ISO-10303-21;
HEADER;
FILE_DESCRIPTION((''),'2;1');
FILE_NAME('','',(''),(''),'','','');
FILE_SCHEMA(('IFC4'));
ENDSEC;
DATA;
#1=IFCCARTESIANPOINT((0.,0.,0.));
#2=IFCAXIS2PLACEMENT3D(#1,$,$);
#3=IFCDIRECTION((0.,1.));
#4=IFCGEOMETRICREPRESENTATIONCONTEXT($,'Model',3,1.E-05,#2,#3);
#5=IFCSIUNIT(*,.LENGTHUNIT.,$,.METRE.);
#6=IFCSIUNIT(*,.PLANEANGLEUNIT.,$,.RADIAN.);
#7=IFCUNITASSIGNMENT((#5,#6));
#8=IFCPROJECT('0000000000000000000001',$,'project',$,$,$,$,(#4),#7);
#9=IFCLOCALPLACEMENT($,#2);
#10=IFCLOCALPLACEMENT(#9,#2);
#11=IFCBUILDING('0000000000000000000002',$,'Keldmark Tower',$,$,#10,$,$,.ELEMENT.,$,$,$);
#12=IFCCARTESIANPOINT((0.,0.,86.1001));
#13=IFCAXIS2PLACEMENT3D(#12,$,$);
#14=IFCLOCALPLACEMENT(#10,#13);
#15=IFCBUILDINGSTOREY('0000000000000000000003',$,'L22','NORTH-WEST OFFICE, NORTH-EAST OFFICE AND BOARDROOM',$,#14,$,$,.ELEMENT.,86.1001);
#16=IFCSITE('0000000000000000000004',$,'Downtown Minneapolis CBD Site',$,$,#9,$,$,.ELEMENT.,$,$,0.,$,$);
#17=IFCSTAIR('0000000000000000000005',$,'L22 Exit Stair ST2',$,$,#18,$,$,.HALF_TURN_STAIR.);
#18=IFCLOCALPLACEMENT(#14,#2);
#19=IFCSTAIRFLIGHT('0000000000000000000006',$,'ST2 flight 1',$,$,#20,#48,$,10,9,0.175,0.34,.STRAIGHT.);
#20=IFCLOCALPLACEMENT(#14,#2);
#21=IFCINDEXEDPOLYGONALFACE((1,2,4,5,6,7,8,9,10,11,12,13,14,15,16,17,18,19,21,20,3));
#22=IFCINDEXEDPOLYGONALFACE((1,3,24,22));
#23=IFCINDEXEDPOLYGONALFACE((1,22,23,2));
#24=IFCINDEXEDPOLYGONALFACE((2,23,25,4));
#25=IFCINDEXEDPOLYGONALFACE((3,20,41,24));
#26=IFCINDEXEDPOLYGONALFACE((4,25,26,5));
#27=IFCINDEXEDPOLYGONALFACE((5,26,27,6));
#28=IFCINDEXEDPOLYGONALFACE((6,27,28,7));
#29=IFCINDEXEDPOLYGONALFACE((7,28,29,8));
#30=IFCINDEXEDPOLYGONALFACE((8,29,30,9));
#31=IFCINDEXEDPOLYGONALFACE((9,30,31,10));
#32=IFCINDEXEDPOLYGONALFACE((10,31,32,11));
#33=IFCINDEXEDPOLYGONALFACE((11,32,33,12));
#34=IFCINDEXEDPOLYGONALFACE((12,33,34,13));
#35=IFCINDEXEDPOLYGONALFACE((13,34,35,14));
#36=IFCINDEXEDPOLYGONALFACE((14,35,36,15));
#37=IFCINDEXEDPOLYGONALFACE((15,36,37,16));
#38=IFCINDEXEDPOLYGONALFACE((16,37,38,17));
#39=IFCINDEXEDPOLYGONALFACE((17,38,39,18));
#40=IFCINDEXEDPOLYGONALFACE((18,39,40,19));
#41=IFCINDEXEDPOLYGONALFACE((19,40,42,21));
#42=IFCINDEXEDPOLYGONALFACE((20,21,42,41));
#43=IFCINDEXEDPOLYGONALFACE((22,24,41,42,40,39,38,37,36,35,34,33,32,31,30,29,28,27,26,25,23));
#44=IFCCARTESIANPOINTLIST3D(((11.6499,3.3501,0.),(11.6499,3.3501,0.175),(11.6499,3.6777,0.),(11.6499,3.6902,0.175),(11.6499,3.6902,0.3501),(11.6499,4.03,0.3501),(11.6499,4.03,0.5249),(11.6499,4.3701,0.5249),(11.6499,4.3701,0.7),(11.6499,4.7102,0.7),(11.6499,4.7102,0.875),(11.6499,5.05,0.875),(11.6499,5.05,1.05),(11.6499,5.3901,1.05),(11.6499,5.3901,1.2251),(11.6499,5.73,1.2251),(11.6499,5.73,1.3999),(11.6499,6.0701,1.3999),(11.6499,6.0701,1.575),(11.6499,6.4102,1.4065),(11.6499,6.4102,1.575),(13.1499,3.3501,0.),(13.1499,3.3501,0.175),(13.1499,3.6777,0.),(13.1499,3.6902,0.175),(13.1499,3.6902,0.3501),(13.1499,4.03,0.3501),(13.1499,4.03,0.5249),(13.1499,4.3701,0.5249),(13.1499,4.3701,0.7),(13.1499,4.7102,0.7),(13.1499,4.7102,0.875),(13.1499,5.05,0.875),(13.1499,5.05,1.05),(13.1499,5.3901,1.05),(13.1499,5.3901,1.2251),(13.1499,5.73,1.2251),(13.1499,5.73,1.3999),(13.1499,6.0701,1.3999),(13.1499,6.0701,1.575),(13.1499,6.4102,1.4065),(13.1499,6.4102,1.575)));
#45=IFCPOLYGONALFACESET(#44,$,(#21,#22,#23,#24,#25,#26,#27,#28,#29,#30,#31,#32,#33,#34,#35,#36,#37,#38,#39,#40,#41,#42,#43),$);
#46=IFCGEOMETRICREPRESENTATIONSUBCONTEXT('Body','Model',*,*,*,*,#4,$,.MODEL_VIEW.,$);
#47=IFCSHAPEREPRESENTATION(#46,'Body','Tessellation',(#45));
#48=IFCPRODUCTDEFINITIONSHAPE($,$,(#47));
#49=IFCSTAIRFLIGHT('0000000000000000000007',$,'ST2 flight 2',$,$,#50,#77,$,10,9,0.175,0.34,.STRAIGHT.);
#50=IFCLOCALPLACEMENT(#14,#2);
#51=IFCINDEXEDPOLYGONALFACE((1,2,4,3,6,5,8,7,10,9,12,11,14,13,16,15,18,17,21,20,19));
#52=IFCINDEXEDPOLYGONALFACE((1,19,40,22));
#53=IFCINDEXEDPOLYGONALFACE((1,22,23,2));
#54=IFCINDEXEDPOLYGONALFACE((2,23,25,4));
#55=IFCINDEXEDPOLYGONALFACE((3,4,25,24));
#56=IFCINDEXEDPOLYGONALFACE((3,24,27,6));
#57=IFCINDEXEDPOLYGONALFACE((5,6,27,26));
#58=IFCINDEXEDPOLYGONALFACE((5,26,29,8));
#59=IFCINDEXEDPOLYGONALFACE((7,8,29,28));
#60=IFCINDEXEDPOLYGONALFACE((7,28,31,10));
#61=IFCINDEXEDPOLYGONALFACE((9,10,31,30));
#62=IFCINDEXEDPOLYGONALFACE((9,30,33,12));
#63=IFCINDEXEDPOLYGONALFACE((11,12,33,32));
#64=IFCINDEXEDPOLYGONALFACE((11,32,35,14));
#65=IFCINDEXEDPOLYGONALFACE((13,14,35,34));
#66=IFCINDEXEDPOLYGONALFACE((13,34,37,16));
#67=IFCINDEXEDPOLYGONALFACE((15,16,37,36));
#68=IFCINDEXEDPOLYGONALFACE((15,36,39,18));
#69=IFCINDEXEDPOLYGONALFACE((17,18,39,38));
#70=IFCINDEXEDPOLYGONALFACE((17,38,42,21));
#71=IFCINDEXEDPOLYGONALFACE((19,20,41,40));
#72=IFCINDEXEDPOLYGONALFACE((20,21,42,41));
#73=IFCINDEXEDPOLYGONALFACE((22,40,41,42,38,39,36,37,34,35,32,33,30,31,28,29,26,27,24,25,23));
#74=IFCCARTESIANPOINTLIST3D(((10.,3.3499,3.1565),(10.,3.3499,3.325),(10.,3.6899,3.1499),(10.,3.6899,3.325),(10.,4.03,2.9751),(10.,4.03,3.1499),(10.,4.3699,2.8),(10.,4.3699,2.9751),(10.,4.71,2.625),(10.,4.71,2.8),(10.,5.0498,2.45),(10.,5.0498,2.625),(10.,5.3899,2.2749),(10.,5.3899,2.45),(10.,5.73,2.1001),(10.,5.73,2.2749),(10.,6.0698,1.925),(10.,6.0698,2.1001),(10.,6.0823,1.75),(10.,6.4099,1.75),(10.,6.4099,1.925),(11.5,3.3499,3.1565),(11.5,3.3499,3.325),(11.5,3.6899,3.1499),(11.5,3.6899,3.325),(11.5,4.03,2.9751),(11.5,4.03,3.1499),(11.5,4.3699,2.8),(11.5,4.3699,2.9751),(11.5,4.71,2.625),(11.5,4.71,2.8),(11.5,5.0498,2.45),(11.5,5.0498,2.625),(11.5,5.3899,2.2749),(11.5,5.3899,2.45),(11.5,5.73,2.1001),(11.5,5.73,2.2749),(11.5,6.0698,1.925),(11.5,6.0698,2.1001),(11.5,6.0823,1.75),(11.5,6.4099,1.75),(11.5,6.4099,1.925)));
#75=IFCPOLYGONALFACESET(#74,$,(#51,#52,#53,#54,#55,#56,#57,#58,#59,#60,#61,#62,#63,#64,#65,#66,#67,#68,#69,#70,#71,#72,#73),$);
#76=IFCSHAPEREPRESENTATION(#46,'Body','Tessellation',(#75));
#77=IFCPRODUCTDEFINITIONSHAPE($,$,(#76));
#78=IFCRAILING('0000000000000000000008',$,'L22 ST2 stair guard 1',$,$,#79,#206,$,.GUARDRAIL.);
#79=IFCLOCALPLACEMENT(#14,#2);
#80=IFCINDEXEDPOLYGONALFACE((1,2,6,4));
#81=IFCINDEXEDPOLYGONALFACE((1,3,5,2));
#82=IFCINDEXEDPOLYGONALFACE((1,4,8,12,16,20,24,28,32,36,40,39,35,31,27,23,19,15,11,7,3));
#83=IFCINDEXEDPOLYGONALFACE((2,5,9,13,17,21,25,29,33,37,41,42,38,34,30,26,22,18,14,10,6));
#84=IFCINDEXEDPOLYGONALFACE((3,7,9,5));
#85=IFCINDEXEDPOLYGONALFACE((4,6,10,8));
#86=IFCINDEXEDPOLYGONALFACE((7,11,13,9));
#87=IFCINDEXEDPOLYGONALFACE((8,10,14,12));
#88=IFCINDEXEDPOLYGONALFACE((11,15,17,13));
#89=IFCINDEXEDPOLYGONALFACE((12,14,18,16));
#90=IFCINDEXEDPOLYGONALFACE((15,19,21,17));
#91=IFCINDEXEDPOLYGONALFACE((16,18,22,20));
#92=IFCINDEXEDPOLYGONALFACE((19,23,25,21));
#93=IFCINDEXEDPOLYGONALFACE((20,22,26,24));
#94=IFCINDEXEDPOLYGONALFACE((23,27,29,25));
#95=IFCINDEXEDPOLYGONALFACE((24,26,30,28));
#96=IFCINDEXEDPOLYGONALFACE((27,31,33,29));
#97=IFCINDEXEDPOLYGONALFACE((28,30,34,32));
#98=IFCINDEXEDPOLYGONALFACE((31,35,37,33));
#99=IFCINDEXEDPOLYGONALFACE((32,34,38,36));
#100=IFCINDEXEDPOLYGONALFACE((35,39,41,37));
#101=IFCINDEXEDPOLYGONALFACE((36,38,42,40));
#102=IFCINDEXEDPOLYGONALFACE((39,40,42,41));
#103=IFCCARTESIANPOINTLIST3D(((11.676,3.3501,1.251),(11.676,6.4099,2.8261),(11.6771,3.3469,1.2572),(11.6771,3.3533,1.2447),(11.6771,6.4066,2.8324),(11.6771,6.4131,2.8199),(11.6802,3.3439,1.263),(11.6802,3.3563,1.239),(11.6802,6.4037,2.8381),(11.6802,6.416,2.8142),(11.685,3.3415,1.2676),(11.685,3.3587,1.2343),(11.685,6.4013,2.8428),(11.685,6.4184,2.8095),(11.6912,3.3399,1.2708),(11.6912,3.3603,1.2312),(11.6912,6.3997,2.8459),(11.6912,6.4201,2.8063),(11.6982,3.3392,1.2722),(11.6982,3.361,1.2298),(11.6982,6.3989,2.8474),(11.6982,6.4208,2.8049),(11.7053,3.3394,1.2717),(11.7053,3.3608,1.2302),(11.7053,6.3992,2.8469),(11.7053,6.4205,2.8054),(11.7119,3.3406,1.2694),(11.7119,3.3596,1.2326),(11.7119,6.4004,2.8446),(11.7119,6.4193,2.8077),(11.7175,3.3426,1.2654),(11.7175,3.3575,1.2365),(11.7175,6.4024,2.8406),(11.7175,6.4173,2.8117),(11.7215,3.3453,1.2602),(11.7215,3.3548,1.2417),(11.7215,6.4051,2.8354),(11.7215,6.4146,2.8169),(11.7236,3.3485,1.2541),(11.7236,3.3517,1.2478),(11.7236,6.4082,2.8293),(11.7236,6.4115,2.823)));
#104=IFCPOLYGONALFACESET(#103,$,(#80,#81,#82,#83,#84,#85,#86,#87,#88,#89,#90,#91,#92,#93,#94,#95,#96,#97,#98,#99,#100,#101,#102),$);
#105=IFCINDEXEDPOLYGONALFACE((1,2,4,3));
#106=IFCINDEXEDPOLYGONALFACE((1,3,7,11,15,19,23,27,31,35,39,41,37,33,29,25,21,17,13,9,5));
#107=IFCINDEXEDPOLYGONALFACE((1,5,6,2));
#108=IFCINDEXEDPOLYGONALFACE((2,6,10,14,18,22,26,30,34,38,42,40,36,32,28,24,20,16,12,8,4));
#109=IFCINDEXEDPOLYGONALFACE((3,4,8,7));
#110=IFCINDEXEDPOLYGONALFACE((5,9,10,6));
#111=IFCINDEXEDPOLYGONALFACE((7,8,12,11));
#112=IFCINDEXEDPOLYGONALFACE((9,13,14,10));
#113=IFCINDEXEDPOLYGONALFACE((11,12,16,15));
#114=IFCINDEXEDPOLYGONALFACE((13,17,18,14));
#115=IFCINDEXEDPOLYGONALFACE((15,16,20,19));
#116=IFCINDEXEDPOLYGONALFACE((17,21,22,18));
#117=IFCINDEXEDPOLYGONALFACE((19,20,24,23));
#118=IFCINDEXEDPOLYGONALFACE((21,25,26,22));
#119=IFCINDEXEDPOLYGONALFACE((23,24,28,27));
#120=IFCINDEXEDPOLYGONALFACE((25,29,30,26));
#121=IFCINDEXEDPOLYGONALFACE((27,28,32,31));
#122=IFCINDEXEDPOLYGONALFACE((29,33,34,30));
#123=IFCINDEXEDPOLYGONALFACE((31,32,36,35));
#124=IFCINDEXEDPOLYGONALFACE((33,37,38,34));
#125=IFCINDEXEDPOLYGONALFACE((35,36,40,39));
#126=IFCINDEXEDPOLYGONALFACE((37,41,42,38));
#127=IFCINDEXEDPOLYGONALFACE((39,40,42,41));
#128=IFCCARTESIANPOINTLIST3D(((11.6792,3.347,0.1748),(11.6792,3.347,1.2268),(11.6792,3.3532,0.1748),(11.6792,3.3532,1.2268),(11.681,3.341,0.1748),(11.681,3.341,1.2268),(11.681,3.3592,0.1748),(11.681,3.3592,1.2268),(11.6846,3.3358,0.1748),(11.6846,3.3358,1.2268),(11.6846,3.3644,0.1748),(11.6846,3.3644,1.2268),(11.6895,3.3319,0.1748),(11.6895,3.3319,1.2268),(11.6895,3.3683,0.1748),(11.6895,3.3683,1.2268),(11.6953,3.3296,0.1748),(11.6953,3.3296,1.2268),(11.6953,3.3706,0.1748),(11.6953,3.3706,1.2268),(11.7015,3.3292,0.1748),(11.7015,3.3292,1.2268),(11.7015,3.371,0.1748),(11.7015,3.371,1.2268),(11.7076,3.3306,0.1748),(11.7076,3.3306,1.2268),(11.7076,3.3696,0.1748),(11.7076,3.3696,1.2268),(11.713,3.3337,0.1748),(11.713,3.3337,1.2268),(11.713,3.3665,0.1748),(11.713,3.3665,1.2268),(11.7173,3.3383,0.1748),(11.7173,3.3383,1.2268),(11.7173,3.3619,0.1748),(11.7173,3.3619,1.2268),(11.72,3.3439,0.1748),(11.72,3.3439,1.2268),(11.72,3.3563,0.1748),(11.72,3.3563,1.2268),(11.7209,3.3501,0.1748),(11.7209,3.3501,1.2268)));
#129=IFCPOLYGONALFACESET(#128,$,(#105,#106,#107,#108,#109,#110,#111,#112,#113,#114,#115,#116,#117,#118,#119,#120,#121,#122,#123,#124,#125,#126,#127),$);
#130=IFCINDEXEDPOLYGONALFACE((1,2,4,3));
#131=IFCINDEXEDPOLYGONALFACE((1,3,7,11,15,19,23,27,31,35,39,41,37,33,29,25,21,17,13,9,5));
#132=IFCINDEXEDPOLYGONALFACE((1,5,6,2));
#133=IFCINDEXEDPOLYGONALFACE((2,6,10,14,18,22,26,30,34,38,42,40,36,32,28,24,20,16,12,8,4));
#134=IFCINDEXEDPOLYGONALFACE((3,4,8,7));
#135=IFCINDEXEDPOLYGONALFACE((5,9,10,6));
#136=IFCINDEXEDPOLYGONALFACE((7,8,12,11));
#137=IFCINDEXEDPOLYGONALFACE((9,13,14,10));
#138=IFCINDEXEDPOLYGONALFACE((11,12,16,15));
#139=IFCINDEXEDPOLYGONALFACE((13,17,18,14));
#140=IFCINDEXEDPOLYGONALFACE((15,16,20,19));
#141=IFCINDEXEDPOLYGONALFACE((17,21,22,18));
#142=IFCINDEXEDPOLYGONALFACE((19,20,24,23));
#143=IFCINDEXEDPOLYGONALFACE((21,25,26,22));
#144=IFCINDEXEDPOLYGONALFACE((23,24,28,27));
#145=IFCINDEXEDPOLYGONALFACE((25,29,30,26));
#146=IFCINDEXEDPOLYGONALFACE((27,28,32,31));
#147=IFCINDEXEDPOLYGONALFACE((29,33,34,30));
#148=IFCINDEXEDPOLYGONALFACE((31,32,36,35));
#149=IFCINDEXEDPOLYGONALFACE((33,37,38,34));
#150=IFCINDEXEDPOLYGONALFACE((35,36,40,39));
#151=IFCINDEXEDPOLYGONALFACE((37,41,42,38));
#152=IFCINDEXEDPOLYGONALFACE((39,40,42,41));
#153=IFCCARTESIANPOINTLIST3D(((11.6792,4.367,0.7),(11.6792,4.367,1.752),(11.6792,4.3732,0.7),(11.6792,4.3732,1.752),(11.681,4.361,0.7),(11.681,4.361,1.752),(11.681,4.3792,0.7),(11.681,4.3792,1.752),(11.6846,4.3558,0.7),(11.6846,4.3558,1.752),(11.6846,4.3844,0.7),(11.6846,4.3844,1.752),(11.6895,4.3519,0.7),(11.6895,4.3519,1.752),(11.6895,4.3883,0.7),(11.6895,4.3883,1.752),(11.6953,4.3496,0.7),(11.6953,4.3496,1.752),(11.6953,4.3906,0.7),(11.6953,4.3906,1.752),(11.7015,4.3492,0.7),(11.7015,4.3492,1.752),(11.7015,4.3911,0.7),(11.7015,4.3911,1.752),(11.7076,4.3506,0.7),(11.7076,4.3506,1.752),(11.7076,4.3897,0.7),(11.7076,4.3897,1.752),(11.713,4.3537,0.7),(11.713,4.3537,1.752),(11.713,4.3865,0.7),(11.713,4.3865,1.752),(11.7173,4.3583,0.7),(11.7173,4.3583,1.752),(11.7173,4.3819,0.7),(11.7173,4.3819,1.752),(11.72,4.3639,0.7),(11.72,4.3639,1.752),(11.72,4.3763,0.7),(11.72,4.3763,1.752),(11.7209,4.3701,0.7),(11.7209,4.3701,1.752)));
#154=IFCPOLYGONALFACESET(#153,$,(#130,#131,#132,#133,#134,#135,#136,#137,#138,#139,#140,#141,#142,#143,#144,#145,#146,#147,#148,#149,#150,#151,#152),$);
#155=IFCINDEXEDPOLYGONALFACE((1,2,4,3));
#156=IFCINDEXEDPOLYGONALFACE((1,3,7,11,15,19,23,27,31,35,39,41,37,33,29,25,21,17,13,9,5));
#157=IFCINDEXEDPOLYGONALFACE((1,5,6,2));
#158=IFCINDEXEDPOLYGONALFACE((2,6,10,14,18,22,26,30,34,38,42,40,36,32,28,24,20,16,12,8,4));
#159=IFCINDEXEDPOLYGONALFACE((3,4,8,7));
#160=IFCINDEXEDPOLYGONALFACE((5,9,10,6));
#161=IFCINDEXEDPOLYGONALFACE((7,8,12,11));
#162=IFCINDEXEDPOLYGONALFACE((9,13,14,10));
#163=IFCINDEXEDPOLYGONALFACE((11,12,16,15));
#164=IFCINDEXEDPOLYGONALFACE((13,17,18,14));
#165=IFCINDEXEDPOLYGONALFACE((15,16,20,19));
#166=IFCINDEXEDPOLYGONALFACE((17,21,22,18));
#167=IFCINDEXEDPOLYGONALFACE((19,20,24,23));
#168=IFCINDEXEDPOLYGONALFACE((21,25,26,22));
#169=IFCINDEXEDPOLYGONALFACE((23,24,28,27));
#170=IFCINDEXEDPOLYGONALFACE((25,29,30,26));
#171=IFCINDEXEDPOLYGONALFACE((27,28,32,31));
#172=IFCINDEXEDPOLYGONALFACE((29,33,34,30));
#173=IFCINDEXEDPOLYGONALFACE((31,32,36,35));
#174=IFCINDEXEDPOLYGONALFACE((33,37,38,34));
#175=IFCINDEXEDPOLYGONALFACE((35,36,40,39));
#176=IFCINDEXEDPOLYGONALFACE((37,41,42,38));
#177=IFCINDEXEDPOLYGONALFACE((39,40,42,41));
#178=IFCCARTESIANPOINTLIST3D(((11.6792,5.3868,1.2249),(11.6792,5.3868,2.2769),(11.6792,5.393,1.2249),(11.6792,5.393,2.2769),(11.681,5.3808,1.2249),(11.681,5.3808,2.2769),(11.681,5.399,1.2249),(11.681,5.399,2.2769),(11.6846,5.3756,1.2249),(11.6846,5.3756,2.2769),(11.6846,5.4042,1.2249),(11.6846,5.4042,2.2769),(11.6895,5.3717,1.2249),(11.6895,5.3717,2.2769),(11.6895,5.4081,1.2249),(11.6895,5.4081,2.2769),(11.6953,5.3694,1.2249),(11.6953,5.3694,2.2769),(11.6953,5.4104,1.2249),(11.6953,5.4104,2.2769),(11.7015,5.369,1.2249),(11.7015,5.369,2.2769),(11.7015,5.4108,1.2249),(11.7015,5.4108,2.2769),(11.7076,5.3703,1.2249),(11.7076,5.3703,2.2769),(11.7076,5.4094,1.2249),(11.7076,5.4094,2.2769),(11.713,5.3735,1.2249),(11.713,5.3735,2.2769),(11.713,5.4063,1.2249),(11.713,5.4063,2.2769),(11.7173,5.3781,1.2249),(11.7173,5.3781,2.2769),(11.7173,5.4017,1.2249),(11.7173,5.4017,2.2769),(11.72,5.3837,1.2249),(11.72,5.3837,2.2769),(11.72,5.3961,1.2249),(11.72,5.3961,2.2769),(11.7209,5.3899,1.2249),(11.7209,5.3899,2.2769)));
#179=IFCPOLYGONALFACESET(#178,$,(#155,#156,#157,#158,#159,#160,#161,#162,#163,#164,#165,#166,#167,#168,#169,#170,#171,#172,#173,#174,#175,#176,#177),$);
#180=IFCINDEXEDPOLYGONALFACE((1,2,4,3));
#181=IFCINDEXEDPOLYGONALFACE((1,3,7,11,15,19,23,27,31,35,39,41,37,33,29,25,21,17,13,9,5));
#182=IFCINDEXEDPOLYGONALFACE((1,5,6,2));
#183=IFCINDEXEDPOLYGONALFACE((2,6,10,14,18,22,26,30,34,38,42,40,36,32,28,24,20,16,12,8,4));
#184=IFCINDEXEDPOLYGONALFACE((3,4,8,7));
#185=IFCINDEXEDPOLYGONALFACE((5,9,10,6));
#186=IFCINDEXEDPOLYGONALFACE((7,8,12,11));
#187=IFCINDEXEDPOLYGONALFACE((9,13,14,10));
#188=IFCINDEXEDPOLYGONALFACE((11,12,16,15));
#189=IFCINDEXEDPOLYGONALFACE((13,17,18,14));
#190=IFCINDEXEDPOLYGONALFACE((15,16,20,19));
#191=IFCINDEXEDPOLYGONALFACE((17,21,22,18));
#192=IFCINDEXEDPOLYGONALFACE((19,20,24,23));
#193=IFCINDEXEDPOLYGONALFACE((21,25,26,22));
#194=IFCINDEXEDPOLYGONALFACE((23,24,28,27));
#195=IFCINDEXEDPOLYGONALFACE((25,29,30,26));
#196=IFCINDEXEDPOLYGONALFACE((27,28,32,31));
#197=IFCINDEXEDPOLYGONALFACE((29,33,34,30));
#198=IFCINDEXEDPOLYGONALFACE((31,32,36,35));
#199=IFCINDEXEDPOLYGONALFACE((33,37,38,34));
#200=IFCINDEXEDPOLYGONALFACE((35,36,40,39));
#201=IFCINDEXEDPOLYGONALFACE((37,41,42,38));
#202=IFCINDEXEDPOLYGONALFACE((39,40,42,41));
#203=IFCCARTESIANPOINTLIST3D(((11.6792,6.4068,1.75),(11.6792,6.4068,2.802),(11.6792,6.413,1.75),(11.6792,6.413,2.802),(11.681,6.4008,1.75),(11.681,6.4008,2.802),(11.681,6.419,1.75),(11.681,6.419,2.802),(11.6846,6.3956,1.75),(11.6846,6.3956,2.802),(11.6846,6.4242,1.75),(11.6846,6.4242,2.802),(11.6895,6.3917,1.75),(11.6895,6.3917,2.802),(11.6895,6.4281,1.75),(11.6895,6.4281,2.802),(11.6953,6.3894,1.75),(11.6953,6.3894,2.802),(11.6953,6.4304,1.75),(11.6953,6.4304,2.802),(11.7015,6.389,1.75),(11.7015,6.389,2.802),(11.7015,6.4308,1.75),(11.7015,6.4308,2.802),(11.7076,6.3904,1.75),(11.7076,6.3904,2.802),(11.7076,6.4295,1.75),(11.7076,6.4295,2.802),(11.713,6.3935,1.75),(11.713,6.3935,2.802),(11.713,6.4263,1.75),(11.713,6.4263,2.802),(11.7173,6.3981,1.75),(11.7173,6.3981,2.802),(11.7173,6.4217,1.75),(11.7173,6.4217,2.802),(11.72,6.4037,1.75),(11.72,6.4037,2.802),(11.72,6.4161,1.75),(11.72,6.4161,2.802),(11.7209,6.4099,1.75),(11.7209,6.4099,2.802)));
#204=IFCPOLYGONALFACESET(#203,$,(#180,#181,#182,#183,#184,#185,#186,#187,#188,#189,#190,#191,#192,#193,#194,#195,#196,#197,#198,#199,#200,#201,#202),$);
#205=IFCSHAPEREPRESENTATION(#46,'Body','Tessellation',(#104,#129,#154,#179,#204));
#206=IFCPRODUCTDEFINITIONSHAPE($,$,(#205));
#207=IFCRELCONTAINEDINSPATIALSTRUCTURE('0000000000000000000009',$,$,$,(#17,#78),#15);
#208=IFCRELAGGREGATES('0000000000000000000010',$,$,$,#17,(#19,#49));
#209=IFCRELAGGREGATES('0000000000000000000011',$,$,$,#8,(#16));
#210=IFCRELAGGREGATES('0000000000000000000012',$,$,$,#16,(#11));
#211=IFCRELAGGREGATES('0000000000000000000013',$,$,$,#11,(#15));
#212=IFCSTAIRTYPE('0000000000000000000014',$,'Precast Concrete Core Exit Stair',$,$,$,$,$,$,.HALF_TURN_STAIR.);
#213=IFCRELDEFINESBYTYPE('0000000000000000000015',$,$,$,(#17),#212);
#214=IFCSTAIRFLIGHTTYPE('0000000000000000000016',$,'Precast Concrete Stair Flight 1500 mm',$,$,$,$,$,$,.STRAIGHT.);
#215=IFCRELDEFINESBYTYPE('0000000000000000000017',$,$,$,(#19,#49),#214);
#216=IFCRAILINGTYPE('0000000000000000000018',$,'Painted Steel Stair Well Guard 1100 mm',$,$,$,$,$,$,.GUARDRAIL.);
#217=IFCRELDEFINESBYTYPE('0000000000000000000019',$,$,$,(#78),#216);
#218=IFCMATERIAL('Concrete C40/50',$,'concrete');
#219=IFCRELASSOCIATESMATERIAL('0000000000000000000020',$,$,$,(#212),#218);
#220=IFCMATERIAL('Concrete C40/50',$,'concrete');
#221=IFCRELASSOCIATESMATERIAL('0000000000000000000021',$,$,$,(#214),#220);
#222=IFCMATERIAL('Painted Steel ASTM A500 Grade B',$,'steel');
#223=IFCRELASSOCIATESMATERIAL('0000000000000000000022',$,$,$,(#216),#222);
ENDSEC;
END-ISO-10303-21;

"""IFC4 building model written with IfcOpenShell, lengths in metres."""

from ifc_helpers import new_model, si_unit, direction, frame, origin, origin_2d, place, context, subcontext, project, spatial, polyline, circle, outline, extrude, material, type_object, element, aggregate, save


model = new_model("IFC4")

# Units and contexts
model_context = context("Model", 3, precision=1e-05, world=origin(), true_north=direction((0.0, 1.0)))
body_context = subcontext(model_context, "Body", "Model", "MODEL_VIEW")
ifc_project = project(units=[si_unit("LENGTHUNIT", "METRE"), si_unit("PLANEANGLEUNIT", "RADIAN")], contexts=[model_context])

# Site, building, storey
site_placement = place(None, origin())
site = spatial("IfcSite", under=ifc_project, at=site_placement, Name="Downtown Minneapolis CBD Site", CompositionType="ELEMENT", RefElevation=0.0)
building_placement = place(site_placement, origin())
building = spatial("IfcBuilding", under=site, at=building_placement, Name="Keldmark Tower", CompositionType="ELEMENT")
storey_placement = place(building_placement, frame((0.0, 0.0, 86.1001)))
storey = spatial("IfcBuildingStorey", under=building, at=storey_placement, Name="L22", Description="NORTH-WEST OFFICE, NORTH-EAST OFFICE AND BOARDROOM", CompositionType="ELEMENT", Elevation=86.1001)

# Stair, stair flights
ifc_material_1 = material(Name="Concrete C40/50", Category="concrete")
stair_type = type_object("IfcStairType", Name="Precast Concrete Core Exit Stair", PredefinedType="HALF_TURN_STAIR", material=ifc_material_1)
stair_placement = place(storey_placement, origin())
stair = element("IfcStair", 1, at=stair_placement, inside=storey, type_object=stair_type, Name="L22 Exit Stair ST2", PredefinedType="HALF_TURN_STAIR")
ifc_material_2 = material(Name="Concrete C40/50", Category="concrete")
stair_flight_type = type_object("IfcStairFlightType", Name="Precast Concrete Stair Flight 1500 mm", PredefinedType="STRAIGHT", material=ifc_material_2)
stair_flight_1_placement = place(storey_placement, frame((12.3999, 3.3501, 0.0), z_axis=(0.0, 0.0, 1.0), x_axis=(0.0, 1.0, 0.0)))
stair_flight_1 = element("IfcStairFlight", 2, at=stair_flight_1_placement, type_object=stair_flight_type, Name="ST2 flight 1", NumberOfRisers=10, NumberOfTreads=9, PredefinedType="STRAIGHT", RiserHeight=0.175, TreadLength=0.34, context=body_context, shape_type="SweptSolid", body=[
    extrude(outline(polyline([(0.0, 0.0), (0.0, 0.175), (0.3401, 0.175), (0.3401, 0.3501), (0.6799, 0.3501), (0.6799, 0.5249), (1.02, 0.5249), (1.02, 0.7), (1.3601, 0.7), (1.3601, 0.875), (1.7, 0.875), (1.7, 1.05), (2.04, 1.05), (2.04, 1.2251), (2.3799, 1.2251), (2.3799, 1.3999), (2.72, 1.3999), (2.72, 1.575), (3.0601, 1.575), (3.0601, 1.75), (3.0601, 1.4065), (0.3276, 0.0), (0.0, 0.0)])), frame((0.0, 0.75, 0.0), z_axis=(0.0, -1.0, 0.0), x_axis=(1.0, 0.0, 0.0)), (0.0, 0.0, 1.0), 1.5),
])
stair_flight_2_placement = place(storey_placement, frame((10.75, 6.4099, 1.75), z_axis=(0.0, 0.0, 1.0), x_axis=(0.0, -1.0, 0.0)))
stair_flight_2 = element("IfcStairFlight", 3, at=stair_flight_2_placement, type_object=stair_flight_type, Name="ST2 flight 2", NumberOfRisers=10, NumberOfTreads=9, PredefinedType="STRAIGHT", RiserHeight=0.175, TreadLength=0.34, context=body_context, shape_type="SweptSolid", body=[
    extrude(outline(polyline([(0.0, 0.0), (0.0, 0.175), (0.3401, 0.175), (0.3401, 0.3501), (0.6799, 0.3501), (0.6799, 0.5249), (1.02, 0.5249), (1.02, 0.7), (1.3601, 0.7), (1.3601, 0.875), (1.7, 0.875), (1.7, 1.05), (2.04, 1.05), (2.04, 1.2251), (2.3799, 1.2251), (2.3799, 1.3999), (2.72, 1.3999), (2.72, 1.575), (3.0601, 1.575), (3.0601, 1.75), (3.0601, 1.4065), (0.3276, 0.0), (0.0, 0.0)])), frame((0.0, 0.75, 0.0), z_axis=(0.0, -1.0, 0.0), x_axis=(1.0, 0.0, 0.0)), (0.0, 0.0, 1.0), 1.5),
])
aggregate(stair, [stair_flight_1, stair_flight_2])

# Railing
ifc_material_3 = material(Name="Painted Steel ASTM A500 Grade B", Category="steel")
railing_type_1 = type_object("IfcRailingType", Name="Painted Steel Stair Well Guard 1100 mm", PredefinedType="GUARDRAIL", material=ifc_material_3)
railing_1_placement = place(storey_placement, frame((11.7, 3.3501, 0.1748)))
element("IfcRailing", 4, at=railing_1_placement, inside=storey, type_object=railing_type_1, Name="L22 ST2 stair guard 1", PredefinedType="GUARDRAIL", context=body_context, shape_type="SweptSolid", body=[
    extrude(circle(Radius=0.0239, at=origin_2d()), frame((0.0, 0.0, 1.0762), z_axis=(0.0, 0.889101, 0.45771), x_axis=(-1.0, 0.0, 0.0)), (0.0, 0.0, 1.0), 3.4414),
    extrude(circle(Radius=0.021, at=origin_2d()), origin(), (0.0, 0.0, 1.0), 1.052),
    extrude(circle(Radius=0.021, at=origin_2d()), frame((0.0, 1.02, 0.5251)), (0.0, 0.0, 1.0), 1.052),
    extrude(circle(Radius=0.021, at=origin_2d()), frame((0.0, 2.0398, 1.05)), (0.0, 0.0, 1.0), 1.052),
    extrude(circle(Radius=0.021, at=origin_2d()), frame((0.0, 3.0598, 1.5752)), (0.0, 0.0, 1.0), 1.052),
])

save(model, "model.ifc")
